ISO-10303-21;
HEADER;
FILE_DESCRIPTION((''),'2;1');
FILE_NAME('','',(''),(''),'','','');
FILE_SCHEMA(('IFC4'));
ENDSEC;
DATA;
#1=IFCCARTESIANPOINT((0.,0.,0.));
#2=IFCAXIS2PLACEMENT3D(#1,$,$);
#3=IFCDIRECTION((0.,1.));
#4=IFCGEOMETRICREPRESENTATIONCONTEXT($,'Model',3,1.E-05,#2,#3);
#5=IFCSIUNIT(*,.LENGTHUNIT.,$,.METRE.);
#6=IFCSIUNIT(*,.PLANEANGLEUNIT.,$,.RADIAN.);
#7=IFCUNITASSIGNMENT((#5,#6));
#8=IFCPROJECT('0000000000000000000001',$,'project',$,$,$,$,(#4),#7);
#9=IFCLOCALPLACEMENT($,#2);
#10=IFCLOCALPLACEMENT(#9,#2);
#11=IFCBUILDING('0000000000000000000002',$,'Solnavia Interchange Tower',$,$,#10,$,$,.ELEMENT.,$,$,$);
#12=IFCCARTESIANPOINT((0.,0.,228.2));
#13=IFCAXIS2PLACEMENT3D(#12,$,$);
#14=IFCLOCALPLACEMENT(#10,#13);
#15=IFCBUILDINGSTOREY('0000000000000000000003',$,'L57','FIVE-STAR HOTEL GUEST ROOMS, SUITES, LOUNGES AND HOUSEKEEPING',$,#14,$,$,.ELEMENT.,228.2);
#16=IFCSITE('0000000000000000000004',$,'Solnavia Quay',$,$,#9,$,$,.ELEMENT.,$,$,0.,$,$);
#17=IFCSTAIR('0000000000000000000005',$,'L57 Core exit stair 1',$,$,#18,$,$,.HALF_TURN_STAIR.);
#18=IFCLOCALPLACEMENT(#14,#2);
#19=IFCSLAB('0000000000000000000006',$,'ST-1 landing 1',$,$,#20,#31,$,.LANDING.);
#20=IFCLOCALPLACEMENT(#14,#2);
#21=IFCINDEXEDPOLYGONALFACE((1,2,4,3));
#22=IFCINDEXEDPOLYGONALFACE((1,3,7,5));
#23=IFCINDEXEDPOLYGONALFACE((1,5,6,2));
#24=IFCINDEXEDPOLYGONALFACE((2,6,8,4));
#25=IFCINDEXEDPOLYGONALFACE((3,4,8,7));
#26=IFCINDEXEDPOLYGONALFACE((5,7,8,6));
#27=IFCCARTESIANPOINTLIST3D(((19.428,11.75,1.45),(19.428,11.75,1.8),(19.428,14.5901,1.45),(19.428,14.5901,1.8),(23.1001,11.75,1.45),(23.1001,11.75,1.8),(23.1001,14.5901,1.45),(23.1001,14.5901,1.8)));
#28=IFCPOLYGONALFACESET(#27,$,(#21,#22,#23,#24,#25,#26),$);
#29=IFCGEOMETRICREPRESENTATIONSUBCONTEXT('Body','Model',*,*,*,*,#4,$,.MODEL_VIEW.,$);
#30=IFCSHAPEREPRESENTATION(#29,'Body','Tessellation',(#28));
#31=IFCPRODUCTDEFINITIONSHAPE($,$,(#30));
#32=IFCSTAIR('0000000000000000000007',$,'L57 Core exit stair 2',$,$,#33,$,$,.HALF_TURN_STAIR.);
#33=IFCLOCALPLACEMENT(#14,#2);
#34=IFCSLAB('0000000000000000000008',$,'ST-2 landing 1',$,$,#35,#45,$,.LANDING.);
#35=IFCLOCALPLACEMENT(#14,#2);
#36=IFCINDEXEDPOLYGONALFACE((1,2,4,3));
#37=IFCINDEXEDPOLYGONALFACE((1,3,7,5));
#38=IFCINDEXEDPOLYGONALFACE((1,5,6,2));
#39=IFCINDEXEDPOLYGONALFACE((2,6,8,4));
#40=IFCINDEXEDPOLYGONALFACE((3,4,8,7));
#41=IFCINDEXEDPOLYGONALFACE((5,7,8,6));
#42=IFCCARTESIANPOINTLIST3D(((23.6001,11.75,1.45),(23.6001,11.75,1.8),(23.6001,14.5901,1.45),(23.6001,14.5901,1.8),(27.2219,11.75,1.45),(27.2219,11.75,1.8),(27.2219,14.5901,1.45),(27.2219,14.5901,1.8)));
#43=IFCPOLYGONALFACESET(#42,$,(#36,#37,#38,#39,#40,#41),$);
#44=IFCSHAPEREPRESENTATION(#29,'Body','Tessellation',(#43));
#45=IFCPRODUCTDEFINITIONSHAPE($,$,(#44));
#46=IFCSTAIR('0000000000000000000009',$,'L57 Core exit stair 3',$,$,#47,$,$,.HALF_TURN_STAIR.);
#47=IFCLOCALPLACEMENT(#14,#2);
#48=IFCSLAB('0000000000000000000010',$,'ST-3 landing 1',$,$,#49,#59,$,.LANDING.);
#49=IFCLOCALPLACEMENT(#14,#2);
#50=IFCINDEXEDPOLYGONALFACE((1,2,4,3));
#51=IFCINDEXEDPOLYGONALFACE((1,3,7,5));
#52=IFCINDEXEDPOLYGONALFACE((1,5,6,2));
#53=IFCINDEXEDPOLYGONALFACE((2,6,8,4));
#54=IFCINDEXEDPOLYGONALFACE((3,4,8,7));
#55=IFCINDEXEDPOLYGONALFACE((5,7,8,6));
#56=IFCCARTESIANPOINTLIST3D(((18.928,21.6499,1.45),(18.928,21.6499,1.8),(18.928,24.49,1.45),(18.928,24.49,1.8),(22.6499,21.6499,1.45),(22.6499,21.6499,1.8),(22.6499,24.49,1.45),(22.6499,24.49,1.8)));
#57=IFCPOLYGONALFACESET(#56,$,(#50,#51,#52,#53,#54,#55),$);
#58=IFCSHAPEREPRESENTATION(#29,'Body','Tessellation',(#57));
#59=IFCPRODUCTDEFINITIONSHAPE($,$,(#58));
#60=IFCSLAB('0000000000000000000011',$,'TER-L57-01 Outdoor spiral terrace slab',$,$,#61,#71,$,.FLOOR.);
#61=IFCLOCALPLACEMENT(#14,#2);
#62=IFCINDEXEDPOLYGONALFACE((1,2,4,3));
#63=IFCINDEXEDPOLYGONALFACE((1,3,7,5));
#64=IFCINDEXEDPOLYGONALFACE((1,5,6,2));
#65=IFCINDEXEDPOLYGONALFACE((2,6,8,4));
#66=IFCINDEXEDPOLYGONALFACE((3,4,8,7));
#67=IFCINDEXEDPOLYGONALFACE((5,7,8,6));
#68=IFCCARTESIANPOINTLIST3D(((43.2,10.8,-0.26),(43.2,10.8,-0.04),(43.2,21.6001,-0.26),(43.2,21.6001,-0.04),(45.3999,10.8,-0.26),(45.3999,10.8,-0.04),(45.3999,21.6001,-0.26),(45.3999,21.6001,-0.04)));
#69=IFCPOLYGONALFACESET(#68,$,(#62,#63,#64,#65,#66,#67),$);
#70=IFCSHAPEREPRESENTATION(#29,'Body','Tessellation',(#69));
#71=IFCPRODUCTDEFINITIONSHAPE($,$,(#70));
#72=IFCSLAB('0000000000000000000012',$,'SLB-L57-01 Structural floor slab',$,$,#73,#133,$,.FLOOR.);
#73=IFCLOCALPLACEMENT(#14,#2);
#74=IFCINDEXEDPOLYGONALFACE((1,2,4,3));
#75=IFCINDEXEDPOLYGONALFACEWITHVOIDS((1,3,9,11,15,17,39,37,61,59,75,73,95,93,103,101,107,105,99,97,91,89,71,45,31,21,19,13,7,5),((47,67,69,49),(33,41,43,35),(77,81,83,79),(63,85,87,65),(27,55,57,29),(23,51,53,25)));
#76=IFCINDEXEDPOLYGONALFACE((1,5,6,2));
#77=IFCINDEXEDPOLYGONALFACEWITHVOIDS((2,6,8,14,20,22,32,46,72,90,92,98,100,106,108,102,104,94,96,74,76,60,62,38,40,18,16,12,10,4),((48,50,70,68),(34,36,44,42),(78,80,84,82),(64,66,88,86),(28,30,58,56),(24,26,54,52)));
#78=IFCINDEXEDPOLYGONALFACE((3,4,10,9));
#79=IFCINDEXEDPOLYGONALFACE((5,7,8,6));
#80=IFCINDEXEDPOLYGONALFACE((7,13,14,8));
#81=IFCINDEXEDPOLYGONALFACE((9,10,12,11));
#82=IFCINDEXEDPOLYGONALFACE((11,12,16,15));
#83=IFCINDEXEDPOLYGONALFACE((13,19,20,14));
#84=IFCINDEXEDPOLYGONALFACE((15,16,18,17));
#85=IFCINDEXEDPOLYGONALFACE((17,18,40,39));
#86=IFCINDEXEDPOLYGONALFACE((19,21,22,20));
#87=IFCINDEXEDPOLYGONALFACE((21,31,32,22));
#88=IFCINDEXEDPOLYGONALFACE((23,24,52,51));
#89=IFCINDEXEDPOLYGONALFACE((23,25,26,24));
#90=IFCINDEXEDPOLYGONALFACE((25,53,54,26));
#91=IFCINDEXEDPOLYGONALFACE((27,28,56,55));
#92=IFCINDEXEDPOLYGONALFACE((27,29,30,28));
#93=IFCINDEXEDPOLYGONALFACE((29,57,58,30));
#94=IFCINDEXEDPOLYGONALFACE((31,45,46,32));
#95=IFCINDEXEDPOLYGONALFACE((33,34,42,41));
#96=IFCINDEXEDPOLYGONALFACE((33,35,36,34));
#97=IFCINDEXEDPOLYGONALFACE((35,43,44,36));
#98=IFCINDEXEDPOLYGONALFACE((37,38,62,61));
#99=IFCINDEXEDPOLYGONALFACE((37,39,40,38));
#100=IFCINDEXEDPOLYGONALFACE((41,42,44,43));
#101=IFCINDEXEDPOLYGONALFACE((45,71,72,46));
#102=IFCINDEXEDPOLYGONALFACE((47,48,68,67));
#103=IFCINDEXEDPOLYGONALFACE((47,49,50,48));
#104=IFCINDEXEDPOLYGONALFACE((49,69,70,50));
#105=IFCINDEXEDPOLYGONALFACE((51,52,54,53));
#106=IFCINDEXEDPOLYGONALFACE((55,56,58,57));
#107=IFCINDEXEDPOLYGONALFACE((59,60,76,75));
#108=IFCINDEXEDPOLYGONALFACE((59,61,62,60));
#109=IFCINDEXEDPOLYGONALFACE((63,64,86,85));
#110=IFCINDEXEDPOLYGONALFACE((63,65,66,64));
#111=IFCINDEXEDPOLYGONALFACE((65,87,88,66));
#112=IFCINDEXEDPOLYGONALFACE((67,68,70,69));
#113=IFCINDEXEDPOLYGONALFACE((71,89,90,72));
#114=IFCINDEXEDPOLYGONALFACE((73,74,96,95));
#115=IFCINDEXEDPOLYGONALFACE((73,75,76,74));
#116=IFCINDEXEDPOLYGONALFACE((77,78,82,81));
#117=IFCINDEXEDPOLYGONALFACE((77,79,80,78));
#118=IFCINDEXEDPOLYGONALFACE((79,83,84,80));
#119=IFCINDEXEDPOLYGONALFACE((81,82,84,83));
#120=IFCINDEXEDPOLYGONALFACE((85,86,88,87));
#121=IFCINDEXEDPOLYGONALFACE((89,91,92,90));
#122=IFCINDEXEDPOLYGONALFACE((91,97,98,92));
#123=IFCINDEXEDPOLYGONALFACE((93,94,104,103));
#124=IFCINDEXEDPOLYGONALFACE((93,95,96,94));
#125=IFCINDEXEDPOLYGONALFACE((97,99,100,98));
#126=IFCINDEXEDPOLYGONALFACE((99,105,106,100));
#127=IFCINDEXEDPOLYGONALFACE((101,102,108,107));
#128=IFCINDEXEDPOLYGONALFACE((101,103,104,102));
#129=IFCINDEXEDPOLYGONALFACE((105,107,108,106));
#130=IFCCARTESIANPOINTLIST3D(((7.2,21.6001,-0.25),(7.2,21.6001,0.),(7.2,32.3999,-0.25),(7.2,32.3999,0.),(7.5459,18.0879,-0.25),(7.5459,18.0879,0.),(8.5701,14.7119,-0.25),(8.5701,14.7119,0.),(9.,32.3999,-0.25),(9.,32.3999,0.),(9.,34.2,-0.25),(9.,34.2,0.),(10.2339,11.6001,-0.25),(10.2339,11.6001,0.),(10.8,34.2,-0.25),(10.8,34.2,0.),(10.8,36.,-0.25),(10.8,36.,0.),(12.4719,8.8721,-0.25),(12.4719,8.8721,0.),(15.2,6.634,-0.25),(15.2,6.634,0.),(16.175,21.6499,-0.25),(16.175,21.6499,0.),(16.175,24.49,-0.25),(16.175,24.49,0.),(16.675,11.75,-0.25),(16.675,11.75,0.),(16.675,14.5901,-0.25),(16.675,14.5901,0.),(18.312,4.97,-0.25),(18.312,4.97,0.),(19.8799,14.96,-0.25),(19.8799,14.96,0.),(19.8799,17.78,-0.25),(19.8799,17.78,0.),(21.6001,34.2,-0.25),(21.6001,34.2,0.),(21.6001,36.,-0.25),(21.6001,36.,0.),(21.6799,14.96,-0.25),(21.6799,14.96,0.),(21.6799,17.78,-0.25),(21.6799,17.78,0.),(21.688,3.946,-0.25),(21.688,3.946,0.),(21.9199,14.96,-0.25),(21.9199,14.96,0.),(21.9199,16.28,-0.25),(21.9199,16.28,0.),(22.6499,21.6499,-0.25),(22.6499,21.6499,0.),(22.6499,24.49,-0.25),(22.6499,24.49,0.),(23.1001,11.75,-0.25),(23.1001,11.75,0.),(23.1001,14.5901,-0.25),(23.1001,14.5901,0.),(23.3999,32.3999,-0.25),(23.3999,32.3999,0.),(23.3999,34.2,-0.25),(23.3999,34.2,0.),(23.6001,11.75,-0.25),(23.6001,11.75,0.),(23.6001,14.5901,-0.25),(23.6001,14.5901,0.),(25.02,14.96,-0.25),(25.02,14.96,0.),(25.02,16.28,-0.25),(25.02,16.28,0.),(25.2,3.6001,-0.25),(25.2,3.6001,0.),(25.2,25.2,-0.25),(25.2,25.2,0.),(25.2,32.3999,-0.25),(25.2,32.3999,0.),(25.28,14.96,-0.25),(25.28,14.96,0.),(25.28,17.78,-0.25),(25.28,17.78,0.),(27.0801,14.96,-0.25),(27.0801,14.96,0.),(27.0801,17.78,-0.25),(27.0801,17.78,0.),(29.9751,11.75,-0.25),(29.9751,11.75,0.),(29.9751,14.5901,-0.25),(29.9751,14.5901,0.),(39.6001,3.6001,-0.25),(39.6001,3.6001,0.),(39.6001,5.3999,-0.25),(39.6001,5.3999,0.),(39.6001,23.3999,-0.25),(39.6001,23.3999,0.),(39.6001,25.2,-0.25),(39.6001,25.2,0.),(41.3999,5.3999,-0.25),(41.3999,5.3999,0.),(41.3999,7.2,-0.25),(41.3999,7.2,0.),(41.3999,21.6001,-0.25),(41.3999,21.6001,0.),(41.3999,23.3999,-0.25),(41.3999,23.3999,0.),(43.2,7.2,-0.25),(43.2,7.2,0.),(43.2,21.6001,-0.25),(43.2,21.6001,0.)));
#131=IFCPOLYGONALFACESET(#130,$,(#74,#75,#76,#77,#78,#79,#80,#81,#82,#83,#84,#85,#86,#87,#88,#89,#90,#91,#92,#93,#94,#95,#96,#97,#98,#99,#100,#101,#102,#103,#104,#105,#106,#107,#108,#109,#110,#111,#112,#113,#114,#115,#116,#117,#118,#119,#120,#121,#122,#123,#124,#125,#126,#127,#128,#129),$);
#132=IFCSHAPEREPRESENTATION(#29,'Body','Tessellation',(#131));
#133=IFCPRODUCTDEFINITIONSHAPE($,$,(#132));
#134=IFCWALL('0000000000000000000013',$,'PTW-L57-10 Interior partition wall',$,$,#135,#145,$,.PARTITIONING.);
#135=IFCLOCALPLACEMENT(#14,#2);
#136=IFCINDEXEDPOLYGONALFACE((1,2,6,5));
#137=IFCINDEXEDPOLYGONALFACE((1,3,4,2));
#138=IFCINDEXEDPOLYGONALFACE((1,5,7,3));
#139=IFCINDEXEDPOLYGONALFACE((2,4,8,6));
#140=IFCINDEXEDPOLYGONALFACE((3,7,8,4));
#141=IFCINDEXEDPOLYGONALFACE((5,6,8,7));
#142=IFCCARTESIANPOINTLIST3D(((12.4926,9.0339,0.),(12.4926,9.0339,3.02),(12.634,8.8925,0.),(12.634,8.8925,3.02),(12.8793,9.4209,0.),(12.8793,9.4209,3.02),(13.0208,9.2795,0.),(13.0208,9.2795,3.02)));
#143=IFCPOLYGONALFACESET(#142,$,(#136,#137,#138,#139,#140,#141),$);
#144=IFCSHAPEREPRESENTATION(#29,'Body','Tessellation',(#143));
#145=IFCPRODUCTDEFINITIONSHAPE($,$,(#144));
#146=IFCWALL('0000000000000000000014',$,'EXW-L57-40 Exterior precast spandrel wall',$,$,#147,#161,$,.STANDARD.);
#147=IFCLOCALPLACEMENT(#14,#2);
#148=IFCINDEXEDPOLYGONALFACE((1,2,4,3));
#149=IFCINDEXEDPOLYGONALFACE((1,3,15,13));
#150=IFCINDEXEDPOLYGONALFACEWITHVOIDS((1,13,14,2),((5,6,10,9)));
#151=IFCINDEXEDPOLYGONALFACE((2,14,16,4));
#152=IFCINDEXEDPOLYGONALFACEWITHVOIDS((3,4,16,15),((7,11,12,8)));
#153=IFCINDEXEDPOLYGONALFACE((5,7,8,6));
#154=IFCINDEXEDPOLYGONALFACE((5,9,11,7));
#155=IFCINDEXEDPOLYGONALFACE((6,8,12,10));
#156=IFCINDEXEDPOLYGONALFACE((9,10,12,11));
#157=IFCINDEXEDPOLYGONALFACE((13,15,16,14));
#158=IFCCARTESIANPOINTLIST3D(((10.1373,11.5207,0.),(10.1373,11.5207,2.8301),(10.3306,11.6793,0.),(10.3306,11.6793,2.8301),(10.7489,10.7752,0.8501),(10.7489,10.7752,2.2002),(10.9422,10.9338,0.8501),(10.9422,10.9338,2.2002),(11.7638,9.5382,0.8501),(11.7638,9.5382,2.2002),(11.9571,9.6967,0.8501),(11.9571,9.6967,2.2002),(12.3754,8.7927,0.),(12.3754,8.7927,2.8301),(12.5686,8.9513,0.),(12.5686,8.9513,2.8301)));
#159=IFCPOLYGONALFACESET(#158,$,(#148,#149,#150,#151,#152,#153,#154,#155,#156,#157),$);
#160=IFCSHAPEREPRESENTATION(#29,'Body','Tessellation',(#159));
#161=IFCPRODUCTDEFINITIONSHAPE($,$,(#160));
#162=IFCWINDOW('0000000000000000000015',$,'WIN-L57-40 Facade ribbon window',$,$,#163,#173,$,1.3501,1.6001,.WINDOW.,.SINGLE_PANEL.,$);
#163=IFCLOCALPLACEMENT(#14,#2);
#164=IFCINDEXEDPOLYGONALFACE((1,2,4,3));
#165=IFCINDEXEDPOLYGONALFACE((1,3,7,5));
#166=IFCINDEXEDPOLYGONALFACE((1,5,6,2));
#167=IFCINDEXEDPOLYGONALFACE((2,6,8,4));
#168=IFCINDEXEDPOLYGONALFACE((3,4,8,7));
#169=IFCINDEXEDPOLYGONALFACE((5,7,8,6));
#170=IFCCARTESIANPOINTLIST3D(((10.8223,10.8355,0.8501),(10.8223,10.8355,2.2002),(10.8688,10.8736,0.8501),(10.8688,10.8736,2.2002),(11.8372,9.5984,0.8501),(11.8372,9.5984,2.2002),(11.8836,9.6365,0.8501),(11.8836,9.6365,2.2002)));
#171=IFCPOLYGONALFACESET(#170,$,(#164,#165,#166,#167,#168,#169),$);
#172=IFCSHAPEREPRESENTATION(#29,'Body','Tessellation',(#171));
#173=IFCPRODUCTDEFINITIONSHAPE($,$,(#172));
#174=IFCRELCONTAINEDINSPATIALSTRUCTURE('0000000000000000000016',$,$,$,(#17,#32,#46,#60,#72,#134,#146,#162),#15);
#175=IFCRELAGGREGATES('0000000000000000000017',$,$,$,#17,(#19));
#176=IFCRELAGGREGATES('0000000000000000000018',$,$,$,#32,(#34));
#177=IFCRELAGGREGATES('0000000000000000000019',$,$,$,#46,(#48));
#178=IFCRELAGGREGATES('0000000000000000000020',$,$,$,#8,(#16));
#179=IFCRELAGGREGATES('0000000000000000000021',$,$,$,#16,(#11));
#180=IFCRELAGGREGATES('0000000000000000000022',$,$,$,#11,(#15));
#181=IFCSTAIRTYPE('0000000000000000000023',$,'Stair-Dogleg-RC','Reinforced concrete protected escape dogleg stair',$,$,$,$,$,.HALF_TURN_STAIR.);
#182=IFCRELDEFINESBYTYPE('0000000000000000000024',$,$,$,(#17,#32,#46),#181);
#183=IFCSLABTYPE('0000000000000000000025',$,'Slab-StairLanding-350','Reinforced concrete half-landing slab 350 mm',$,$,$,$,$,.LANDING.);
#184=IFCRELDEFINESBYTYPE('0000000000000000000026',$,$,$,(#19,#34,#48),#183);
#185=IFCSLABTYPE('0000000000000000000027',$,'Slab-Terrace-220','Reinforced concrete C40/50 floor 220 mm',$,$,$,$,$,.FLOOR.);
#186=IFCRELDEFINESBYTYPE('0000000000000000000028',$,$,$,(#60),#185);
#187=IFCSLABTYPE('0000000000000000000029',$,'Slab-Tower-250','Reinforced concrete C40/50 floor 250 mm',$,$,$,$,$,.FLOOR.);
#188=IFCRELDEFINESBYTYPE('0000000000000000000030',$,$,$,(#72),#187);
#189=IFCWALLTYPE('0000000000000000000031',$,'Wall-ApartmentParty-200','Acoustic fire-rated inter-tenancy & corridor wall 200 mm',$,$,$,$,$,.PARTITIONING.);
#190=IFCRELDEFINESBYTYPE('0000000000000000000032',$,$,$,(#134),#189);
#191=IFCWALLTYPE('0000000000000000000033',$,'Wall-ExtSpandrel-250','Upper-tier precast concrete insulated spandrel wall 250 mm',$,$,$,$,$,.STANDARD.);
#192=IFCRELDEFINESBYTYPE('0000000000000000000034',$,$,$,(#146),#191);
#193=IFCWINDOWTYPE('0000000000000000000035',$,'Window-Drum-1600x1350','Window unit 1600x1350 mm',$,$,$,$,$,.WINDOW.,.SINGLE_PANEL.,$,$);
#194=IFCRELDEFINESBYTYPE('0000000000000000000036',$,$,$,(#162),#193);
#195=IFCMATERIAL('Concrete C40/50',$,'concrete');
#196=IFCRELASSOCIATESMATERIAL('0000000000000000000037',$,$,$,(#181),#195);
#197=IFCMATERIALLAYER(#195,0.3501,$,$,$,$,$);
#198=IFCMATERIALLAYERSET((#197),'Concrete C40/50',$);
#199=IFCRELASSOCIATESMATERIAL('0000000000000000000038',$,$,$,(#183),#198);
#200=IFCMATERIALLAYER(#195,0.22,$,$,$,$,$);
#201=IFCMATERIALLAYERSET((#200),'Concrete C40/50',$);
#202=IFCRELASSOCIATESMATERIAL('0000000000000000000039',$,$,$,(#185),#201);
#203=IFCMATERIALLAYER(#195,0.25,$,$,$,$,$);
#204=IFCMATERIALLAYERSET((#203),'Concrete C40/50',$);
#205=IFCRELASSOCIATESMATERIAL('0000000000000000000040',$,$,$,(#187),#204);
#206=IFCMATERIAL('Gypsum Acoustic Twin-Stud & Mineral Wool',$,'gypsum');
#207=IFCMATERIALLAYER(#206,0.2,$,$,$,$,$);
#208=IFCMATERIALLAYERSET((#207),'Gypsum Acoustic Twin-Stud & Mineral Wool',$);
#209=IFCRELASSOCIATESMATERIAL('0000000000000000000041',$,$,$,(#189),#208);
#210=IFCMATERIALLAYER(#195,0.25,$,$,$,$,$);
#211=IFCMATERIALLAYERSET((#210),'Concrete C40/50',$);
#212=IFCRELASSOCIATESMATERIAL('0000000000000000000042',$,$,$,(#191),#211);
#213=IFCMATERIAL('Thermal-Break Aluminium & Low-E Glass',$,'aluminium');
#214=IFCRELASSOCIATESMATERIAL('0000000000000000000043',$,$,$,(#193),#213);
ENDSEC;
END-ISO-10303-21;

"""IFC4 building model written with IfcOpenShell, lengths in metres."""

from ifc_helpers import new_model, si_unit, direction, frame, frame_2d, origin, place, context, subcontext, project, spatial, polyline, rectangle, outline, extrude, material, layer, layer_set, type_object, element, fill, aggregate, save


model = new_model("IFC4")

# Units and contexts
model_context = context("Model", 3, precision=1e-05, world=origin(), true_north=direction((0.0, 1.0)))
body_context = subcontext(model_context, "Body", "Model", "MODEL_VIEW")
ifc_project = project(units=[si_unit("LENGTHUNIT", "METRE"), si_unit("PLANEANGLEUNIT", "RADIAN")], contexts=[model_context])

# Site, building, storey
site_placement = place(None, origin())
site = spatial("IfcSite", under=ifc_project, at=site_placement, Name="Solnavia Quay", CompositionType="ELEMENT", RefElevation=0.0)
building_placement = place(site_placement, origin())
building = spatial("IfcBuilding", under=site, at=building_placement, Name="Solnavia Interchange Tower", CompositionType="ELEMENT")
storey_placement = place(building_placement, frame((0.0, 0.0, 228.2)))
storey = spatial("IfcBuildingStorey", under=building, at=storey_placement, Name="L57", Description="FIVE-STAR HOTEL GUEST ROOMS, SUITES, LOUNGES AND HOUSEKEEPING", CompositionType="ELEMENT", Elevation=228.2)

# Stairs, slabs
ifc_material_1 = material(Name="Concrete C40/50", Category="concrete")
stair_type = type_object("IfcStairType", Name="Stair-Dogleg-RC", Description="Reinforced concrete protected escape dogleg stair", PredefinedType="HALF_TURN_STAIR", material=ifc_material_1)
stair_1_placement = place(storey_placement, origin())
stair_1 = element("IfcStair", 1, at=stair_1_placement, inside=storey, type_object=stair_type, Name="L57 Core exit stair 1", PredefinedType="HALF_TURN_STAIR")
ifc_layer_1 = layer(ifc_material_1, 0.3501)
ifc_layer_set_1 = layer_set([ifc_layer_1], Name="Concrete C40/50")
slab_type_1 = type_object("IfcSlabType", Name="Slab-StairLanding-350", Description="Reinforced concrete half-landing slab 350 mm", PredefinedType="LANDING", material=ifc_layer_set_1)
slab_1_placement = place(storey_placement, frame((0.0, 0.0, 1.45)))
slab_1 = element("IfcSlab", 2, at=slab_1_placement, type_object=slab_type_1, Name="ST-1 landing 1", PredefinedType="LANDING", context=body_context, shape_type="SweptSolid", body=[
    extrude(outline(polyline([(19.428, 11.75), (23.1001, 11.75), (23.1001, 14.5901), (19.428, 14.5901), (19.428, 11.75)])), origin(), (0.0, 0.0, 1.0), 0.3501),
])
aggregate(stair_1, [slab_1])
stair_2_placement = place(storey_placement, origin())
stair_2 = element("IfcStair", 3, at=stair_2_placement, inside=storey, type_object=stair_type, Name="L57 Core exit stair 2", PredefinedType="HALF_TURN_STAIR")
slab_2_placement = place(storey_placement, frame((0.0, 0.0, 1.45)))
slab_2 = element("IfcSlab", 4, at=slab_2_placement, type_object=slab_type_1, Name="ST-2 landing 1", PredefinedType="LANDING", context=body_context, shape_type="SweptSolid", body=[
    extrude(outline(polyline([(23.6001, 11.75), (27.2219, 11.75), (27.2219, 14.5901), (23.6001, 14.5901), (23.6001, 11.75)])), origin(), (0.0, 0.0, 1.0), 0.3501),
])
aggregate(stair_2, [slab_2])
stair_3_placement = place(storey_placement, origin())
stair_3 = element("IfcStair", 5, at=stair_3_placement, inside=storey, type_object=stair_type, Name="L57 Core exit stair 3", PredefinedType="HALF_TURN_STAIR")
slab_3_placement = place(storey_placement, frame((0.0, 0.0, 1.45)))
slab_3 = element("IfcSlab", 6, at=slab_3_placement, type_object=slab_type_1, Name="ST-3 landing 1", PredefinedType="LANDING", context=body_context, shape_type="SweptSolid", body=[
    extrude(outline(polyline([(18.928, 21.6499), (22.6499, 21.6499), (22.6499, 24.49), (18.928, 24.49), (18.928, 21.6499)])), origin(), (0.0, 0.0, 1.0), 0.3501),
])
aggregate(stair_3, [slab_3])

# Slabs
ifc_layer_2 = layer(ifc_material_1, 0.22)
ifc_layer_set_2 = layer_set([ifc_layer_2], Name="Concrete C40/50")
slab_type_2 = type_object("IfcSlabType", Name="Slab-Terrace-220", Description="Reinforced concrete C40/50 floor 220 mm", PredefinedType="FLOOR", material=ifc_layer_set_2)
slab_4_placement = place(storey_placement, frame((0.0, 0.0, -0.26)))
element("IfcSlab", 7, at=slab_4_placement, inside=storey, type_object=slab_type_2, Name="TER-L57-01 Outdoor spiral terrace slab", PredefinedType="FLOOR", context=body_context, shape_type="SweptSolid", body=[
    extrude(outline(polyline([(43.2, 10.8), (45.3999, 10.8), (45.3999, 21.6001), (43.2, 21.6001), (43.2, 10.8)])), origin(), (0.0, 0.0, 1.0), 0.22),
])
ifc_layer_3 = layer(ifc_material_1, 0.25)
ifc_layer_set_3 = layer_set([ifc_layer_3], Name="Concrete C40/50")
slab_type_3 = type_object("IfcSlabType", Name="Slab-Tower-250", Description="Reinforced concrete C40/50 floor 250 mm", PredefinedType="FLOOR", material=ifc_layer_set_3)
slab_5_placement = place(storey_placement, frame((0.0, 0.0, -0.25)))
element("IfcSlab", 8, at=slab_5_placement, inside=storey, type_object=slab_type_3, Name="SLB-L57-01 Structural floor slab", PredefinedType="FLOOR", context=body_context, shape_type="SweptSolid", body=[
    extrude(outline(polyline([(25.2, 3.6001), (39.6001, 3.6001), (39.6001, 5.3999), (41.3999, 5.3999), (41.3999, 7.2), (43.2, 7.2), (43.2, 21.6001), (41.3999, 21.6001), (41.3999, 23.3999), (39.6001, 23.3999), (39.6001, 25.2), (25.2, 25.2), (25.2, 32.3999), (23.3999, 32.3999), (23.3999, 34.2), (21.6001, 34.2), (21.6001, 36.0), (10.8, 36.0), (10.8, 34.2), (9.0, 34.2), (9.0, 32.3999), (7.2, 32.3999), (7.2, 21.6001), (7.5459, 18.0879), (8.5701, 14.7119), (10.2339, 11.6001), (12.4719, 8.8721), (15.2, 6.634), (18.312, 4.97), (21.688, 3.946), (25.2, 3.6001)]), holes=[polyline([(16.675, 11.75), (23.1001, 11.75), (23.1001, 14.5901), (16.675, 14.5901), (16.675, 11.75)]), polyline([(23.6001, 11.75), (29.9751, 11.75), (29.9751, 14.5901), (23.6001, 14.5901), (23.6001, 11.75)]), polyline([(16.175, 21.6499), (22.6499, 21.6499), (22.6499, 24.49), (16.175, 24.49), (16.175, 21.6499)]), polyline([(19.8799, 14.96), (21.6799, 14.96), (21.6799, 17.78), (19.8799, 17.78), (19.8799, 14.96)]), polyline([(25.28, 14.96), (27.0801, 14.96), (27.0801, 17.78), (25.28, 17.78), (25.28, 14.96)]), polyline([(21.9199, 14.96), (25.02, 14.96), (25.02, 16.28), (21.9199, 16.28), (21.9199, 14.96)])]), origin(), (0.0, 0.0, 1.0), 0.25),
])

# Wall
ifc_material_2 = material(Name="Gypsum Acoustic Twin-Stud & Mineral Wool", Category="gypsum")
ifc_layer_4 = layer(ifc_material_2, 0.2)
ifc_layer_set_4 = layer_set([ifc_layer_4], Name="Gypsum Acoustic Twin-Stud & Mineral Wool")
wall_type_1 = type_object("IfcWallType", Name="Wall-ApartmentParty-200", Description="Acoustic fire-rated inter-tenancy & corridor wall 200 mm", PredefinedType="PARTITIONING", material=ifc_layer_set_4)
wall_1_placement = place(storey_placement, frame((12.95, 9.3501, 0.0), z_axis=(0.0, 0.0, 1.0), x_axis=(-0.706884, -0.70733, 0.0)))
element("IfcWall", 9, at=wall_1_placement, inside=storey, type_object=wall_type_1, Name="PTW-L57-10 Interior partition wall", PredefinedType="PARTITIONING", context=body_context, shape_type="SweptSolid", body=[
    extrude(rectangle(XDim=0.5471, YDim=0.2, at=frame_2d((0.2734, 0.0))), origin(), (0.0, 0.0, 1.0), 3.02),
])

# Wall, opening, window
ifc_layer_5 = layer(ifc_material_1, 0.25)
ifc_layer_set_5 = layer_set([ifc_layer_5], Name="Concrete C40/50")
wall_type_2 = type_object("IfcWallType", Name="Wall-ExtSpandrel-250", Description="Upper-tier precast concrete insulated spandrel wall 250 mm", PredefinedType="STANDARD", material=ifc_layer_set_5)
wall_2_placement = place(storey_placement, frame((12.4719, 8.8721, 0.0), z_axis=(0.0, 0.0, 1.0), x_axis=(-0.634258, 0.773121, 0.0)))
wall_2 = element("IfcWall", 10, at=wall_2_placement, inside=storey, type_object=wall_type_2, Name="EXW-L57-40 Exterior precast spandrel wall", PredefinedType="STANDARD", context=body_context, shape_type="SweptSolid", body=[
    extrude(rectangle(XDim=3.5286, YDim=0.25, at=frame_2d((1.7642, 0.0))), origin(), (0.0, 0.0, 1.0), 2.8301),
])
opening_placement = place(wall_2_placement, frame((0.9641, 0.0, 0.8501)))
opening = element("IfcOpeningElement", 11, at=opening_placement, cuts=wall_2, PredefinedType="OPENING", context=body_context, shape_type="SweptSolid", body=[
    extrude(rectangle(XDim=1.6001, YDim=1.3501, at=frame_2d((0.8, 0.675))), frame((0.0, 0.135, 0.0), z_axis=(0.0, -1.0, 0.0), x_axis=(1.0, 0.0, 0.0)), (0.0, 0.0, 1.0), 0.27),
])
ifc_material_3 = material(Name="Thermal-Break Aluminium & Low-E Glass", Category="aluminium")
window_type = type_object("IfcWindowType", Name="Window-Drum-1600x1350", Description="Window unit 1600x1350 mm", PartitioningType="SINGLE_PANEL", PredefinedType="WINDOW", material=ifc_material_3)
window_placement = place(opening_placement, origin())
window = element("IfcWindow", 12, at=window_placement, inside=storey, type_object=window_type, Name="WIN-L57-40 Facade ribbon window", OverallHeight=1.3501, OverallWidth=1.6001, PartitioningType="SINGLE_PANEL", PredefinedType="WINDOW", context=body_context, shape_type="SweptSolid", body=[
    extrude(rectangle(XDim=1.6001, YDim=1.3501, at=frame_2d((0.8, 0.675))), frame((0.0, 0.03, 0.0), z_axis=(0.0, -1.0, 0.0), x_axis=(1.0, 0.0, 0.0)), (0.0, 0.0, 1.0), 0.0601),
])
fill(opening, window)

save(model, "model.ifc")
